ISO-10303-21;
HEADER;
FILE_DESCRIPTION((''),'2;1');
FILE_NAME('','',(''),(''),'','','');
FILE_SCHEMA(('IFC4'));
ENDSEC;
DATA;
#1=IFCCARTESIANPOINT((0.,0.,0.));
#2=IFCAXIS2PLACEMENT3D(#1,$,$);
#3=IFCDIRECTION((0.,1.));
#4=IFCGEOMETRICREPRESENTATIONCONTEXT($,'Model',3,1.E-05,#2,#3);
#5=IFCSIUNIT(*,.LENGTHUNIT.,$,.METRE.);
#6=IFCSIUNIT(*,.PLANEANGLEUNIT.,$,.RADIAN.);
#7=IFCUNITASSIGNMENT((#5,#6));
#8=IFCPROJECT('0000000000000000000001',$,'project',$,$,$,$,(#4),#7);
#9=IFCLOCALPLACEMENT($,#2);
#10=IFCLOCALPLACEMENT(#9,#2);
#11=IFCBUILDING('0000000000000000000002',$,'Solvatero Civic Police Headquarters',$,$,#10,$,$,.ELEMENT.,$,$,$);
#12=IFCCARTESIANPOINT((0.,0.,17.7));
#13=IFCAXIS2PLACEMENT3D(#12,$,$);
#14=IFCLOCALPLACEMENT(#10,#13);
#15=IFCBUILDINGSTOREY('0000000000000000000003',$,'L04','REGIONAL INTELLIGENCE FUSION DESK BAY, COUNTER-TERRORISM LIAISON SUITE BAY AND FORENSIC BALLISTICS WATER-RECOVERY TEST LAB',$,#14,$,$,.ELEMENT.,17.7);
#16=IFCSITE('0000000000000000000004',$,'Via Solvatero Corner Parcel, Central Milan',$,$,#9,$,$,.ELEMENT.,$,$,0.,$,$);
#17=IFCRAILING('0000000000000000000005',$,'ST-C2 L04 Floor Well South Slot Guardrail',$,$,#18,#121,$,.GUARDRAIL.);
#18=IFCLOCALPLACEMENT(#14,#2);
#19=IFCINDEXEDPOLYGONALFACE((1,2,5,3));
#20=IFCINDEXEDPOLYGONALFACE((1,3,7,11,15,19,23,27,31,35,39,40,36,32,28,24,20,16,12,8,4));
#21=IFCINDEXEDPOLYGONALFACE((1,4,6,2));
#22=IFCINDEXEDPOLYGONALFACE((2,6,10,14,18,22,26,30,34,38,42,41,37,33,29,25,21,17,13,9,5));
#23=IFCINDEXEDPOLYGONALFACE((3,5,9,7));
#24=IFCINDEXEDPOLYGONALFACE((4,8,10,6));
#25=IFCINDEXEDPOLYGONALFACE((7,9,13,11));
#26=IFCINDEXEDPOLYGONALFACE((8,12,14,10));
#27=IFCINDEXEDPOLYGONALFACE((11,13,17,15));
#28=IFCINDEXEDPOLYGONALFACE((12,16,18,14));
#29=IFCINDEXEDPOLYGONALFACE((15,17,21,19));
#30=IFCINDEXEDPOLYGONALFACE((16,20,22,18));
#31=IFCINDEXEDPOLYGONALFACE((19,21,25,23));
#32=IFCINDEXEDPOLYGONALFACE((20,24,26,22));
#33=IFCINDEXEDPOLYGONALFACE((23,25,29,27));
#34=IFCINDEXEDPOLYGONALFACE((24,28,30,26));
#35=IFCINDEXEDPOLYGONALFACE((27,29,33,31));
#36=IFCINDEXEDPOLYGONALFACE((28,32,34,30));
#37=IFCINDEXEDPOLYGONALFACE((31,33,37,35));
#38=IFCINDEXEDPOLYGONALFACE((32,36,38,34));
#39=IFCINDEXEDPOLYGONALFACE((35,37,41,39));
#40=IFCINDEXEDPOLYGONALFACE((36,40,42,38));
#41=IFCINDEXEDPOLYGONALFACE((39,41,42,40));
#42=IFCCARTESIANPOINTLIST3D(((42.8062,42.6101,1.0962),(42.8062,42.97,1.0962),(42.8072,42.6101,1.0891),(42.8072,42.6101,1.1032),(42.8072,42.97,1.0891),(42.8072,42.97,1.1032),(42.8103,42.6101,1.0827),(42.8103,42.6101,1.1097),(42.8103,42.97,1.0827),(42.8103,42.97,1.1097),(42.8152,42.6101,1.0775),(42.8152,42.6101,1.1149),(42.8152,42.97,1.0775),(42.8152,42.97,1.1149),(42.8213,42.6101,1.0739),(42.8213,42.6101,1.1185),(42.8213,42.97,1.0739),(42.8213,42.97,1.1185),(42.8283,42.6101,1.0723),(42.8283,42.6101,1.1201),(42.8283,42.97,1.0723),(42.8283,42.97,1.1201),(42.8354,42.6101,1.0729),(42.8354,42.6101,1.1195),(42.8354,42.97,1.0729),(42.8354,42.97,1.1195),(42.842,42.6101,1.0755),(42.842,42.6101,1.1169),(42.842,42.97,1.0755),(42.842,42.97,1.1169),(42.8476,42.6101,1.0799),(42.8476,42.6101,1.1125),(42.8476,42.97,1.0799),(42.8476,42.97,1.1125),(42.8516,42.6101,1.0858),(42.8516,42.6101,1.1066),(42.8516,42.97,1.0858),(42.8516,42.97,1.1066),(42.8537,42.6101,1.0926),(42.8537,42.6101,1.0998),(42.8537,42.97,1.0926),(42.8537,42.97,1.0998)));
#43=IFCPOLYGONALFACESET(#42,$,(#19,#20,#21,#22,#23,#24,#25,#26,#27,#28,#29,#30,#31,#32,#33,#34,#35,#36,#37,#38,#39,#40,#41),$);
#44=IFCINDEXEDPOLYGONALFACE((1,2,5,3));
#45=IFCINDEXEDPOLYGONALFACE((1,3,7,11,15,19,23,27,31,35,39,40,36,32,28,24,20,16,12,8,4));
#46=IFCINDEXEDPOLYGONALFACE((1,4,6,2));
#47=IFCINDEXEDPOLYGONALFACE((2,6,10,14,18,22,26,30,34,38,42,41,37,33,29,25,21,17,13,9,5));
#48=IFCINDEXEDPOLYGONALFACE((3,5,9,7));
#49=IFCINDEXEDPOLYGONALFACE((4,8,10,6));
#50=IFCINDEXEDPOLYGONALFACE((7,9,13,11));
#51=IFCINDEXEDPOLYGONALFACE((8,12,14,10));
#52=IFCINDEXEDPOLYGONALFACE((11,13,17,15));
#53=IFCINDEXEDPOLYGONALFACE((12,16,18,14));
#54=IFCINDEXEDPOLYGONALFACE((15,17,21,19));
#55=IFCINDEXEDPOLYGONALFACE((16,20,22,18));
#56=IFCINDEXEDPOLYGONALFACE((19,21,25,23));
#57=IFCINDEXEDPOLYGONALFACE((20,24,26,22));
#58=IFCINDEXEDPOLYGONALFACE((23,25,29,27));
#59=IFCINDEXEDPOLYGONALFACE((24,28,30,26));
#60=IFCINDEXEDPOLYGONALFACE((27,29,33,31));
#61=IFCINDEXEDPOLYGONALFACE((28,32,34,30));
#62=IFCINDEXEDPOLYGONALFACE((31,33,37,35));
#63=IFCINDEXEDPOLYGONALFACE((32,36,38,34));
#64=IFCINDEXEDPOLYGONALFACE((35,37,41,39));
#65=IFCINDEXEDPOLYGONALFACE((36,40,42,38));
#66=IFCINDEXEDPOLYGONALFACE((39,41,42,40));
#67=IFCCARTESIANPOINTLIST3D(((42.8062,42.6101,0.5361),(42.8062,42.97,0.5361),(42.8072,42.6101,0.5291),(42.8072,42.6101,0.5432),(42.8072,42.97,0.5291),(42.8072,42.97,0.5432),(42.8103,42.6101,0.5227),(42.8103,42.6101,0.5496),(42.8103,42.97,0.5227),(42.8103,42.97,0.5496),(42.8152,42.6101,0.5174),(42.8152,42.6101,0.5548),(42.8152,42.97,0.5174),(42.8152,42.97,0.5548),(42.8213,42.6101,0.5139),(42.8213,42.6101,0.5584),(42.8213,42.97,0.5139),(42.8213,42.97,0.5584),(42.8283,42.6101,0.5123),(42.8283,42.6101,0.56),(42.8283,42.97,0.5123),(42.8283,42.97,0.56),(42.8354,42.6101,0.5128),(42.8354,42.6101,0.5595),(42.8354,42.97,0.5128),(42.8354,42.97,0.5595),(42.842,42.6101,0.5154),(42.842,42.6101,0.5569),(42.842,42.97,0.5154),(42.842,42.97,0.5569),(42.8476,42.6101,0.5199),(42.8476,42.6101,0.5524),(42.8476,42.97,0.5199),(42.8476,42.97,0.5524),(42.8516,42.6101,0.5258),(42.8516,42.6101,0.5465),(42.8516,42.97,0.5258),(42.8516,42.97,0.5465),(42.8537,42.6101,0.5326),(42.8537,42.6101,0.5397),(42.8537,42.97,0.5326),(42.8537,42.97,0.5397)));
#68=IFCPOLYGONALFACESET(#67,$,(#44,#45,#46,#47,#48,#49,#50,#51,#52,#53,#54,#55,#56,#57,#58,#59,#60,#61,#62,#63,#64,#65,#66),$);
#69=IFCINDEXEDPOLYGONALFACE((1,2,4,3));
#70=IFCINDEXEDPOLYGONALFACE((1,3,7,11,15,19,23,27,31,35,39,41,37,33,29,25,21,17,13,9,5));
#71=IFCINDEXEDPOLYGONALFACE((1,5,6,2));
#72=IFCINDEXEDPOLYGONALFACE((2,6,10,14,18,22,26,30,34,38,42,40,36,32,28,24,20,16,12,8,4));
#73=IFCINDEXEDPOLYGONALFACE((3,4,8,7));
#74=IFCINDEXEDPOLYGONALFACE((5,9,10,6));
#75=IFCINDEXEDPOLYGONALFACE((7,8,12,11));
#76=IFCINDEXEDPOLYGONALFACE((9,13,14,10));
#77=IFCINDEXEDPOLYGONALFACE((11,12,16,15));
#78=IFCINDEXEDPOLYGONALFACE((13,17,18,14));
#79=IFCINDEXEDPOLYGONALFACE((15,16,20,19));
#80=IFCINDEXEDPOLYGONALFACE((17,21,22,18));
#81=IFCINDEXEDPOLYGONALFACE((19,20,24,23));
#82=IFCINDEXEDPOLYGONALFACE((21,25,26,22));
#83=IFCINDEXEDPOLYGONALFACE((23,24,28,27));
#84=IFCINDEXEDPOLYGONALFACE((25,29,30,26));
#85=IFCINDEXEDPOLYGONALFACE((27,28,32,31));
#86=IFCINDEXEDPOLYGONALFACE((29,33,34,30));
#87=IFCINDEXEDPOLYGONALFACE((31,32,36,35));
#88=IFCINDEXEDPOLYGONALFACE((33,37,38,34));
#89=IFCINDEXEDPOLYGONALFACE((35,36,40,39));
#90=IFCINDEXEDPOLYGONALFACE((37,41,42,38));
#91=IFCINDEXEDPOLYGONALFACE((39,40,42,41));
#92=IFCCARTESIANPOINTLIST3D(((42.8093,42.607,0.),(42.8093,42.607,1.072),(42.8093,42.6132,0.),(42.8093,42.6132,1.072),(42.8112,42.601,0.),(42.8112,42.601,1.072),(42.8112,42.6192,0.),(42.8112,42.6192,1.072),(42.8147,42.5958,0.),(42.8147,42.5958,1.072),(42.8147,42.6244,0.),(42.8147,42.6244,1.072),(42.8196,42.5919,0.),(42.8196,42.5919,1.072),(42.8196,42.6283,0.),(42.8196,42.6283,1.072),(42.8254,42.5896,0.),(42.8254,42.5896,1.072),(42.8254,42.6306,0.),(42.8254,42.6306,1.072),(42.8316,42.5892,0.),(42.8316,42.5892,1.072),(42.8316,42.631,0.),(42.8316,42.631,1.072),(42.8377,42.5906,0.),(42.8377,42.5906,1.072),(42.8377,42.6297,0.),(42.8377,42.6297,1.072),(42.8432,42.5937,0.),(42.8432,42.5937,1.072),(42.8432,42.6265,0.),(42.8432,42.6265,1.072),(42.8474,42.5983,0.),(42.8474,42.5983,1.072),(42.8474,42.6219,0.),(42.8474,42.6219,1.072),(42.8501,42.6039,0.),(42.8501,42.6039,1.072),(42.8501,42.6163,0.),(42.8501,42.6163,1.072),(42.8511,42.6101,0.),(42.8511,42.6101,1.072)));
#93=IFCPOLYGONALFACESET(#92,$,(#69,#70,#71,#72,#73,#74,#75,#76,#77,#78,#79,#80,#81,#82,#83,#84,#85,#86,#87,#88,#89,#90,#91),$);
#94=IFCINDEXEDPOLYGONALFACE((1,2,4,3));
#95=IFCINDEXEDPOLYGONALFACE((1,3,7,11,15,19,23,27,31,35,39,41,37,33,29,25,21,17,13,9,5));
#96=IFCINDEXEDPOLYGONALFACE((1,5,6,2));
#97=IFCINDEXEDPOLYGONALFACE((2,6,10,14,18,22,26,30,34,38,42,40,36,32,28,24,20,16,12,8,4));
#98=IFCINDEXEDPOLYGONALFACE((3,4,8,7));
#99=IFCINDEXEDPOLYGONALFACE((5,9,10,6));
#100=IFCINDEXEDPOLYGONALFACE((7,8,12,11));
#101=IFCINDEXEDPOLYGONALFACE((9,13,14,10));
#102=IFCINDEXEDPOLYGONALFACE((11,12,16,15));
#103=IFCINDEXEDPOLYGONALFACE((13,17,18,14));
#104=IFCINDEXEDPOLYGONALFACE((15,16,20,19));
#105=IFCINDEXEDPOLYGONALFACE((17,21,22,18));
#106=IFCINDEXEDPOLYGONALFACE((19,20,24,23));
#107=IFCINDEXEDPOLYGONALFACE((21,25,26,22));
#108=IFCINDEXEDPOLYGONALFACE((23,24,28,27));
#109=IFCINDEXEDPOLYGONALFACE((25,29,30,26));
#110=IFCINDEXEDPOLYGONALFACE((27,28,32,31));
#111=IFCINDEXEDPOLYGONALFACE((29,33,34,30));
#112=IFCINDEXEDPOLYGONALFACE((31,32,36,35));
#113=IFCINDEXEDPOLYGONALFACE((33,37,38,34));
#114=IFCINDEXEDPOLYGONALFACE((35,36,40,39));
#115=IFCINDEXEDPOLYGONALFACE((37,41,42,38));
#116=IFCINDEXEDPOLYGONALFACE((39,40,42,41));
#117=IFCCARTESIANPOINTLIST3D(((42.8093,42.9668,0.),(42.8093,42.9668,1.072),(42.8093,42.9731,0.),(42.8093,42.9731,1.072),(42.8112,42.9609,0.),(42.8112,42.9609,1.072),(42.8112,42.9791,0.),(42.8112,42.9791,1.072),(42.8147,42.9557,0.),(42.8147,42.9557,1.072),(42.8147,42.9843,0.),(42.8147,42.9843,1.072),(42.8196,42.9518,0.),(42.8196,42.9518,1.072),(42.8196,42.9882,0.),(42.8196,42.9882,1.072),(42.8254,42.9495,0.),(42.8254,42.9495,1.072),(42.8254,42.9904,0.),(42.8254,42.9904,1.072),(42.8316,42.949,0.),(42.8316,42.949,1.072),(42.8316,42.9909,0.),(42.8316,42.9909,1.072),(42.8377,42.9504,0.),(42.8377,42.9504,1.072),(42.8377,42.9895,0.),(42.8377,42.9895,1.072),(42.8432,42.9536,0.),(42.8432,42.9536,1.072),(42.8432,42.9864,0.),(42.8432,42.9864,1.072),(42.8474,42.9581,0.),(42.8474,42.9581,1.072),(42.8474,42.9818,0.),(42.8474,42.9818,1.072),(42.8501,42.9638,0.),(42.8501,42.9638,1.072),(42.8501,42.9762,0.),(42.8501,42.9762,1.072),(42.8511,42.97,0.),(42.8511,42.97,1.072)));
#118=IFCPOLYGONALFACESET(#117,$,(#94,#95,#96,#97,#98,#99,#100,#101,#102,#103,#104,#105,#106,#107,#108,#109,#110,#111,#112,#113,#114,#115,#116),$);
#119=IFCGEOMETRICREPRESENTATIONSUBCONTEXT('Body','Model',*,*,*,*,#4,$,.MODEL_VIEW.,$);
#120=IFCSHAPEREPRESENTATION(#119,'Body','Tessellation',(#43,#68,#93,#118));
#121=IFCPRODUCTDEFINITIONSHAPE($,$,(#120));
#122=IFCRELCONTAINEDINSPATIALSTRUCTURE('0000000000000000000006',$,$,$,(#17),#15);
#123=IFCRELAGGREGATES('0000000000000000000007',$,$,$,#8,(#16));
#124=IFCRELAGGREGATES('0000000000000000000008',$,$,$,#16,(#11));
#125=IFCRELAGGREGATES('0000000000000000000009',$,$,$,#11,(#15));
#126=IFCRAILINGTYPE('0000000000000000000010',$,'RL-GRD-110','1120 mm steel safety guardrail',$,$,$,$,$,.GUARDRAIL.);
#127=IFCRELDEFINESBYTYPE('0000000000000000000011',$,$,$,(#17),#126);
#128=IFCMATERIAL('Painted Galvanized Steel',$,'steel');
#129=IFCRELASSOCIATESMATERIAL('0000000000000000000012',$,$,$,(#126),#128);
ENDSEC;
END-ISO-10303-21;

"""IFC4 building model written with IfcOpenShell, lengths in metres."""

from ifc_helpers import new_model, si_unit, direction, frame, origin, origin_2d, place, context, subcontext, project, spatial, circle, extrude, material, type_object, element, save


model = new_model("IFC4")

# Units and contexts
model_context = context("Model", 3, precision=1e-05, world=origin(), true_north=direction((0.0, 1.0)))
body_context = subcontext(model_context, "Body", "Model", "MODEL_VIEW")
ifc_project = project(units=[si_unit("LENGTHUNIT", "METRE"), si_unit("PLANEANGLEUNIT", "RADIAN")], contexts=[model_context])

# Site, building, storey
site_placement = place(None, origin())
site = spatial("IfcSite", under=ifc_project, at=site_placement, Name="Via Solvatero Corner Parcel, Central Milan", CompositionType="ELEMENT", RefElevation=0.0)
building_placement = place(site_placement, origin())
building = spatial("IfcBuilding", under=site, at=building_placement, Name="Solvatero Civic Police Headquarters", CompositionType="ELEMENT")
storey_placement = place(building_placement, frame((0.0, 0.0, 17.7)))
storey = spatial("IfcBuildingStorey", under=building, at=storey_placement, Name="L04", Description="REGIONAL INTELLIGENCE FUSION DESK BAY, COUNTER-TERRORISM LIAISON SUITE BAY AND FORENSIC BALLISTICS WATER-RECOVERY TEST LAB", CompositionType="ELEMENT", Elevation=17.7)

# Railing
ifc_material_1 = material(Name="Painted Galvanized Steel", Category="steel")
railing_type_1 = type_object("IfcRailingType", Name="RL-GRD-110", Description="1120 mm steel safety guardrail", PredefinedType="GUARDRAIL", material=ifc_material_1)
railing_1_placement = place(storey_placement, frame((42.8301, 42.6101, 0.0)))
element("IfcRailing", 1, at=railing_1_placement, inside=storey, type_object=railing_type_1, Name="ST-C2 L04 Floor Well South Slot Guardrail", PredefinedType="GUARDRAIL", context=body_context, shape_type="SweptSolid", body=[
    extrude(circle(Radius=0.0239, at=origin_2d()), frame((0.0, 0.0, 1.0962), z_axis=(0.0, 1.0, 0.0), x_axis=(-1.0, 0.0, 0.0)), (0.0, 0.0, 1.0), 0.3599),
    extrude(circle(Radius=0.0239, at=origin_2d()), frame((0.0, 0.0, 0.5361), z_axis=(0.0, 1.0, 0.0), x_axis=(-1.0, 0.0, 0.0)), (0.0, 0.0, 1.0), 0.3599),
    extrude(circle(Radius=0.021, at=origin_2d()), origin(), (0.0, 0.0, 1.0), 1.072),
    extrude(circle(Radius=0.021, at=origin_2d()), frame((0.0, 0.3599, 0.0)), (0.0, 0.0, 1.0), 1.072),
])

save(model, "model.ifc")
